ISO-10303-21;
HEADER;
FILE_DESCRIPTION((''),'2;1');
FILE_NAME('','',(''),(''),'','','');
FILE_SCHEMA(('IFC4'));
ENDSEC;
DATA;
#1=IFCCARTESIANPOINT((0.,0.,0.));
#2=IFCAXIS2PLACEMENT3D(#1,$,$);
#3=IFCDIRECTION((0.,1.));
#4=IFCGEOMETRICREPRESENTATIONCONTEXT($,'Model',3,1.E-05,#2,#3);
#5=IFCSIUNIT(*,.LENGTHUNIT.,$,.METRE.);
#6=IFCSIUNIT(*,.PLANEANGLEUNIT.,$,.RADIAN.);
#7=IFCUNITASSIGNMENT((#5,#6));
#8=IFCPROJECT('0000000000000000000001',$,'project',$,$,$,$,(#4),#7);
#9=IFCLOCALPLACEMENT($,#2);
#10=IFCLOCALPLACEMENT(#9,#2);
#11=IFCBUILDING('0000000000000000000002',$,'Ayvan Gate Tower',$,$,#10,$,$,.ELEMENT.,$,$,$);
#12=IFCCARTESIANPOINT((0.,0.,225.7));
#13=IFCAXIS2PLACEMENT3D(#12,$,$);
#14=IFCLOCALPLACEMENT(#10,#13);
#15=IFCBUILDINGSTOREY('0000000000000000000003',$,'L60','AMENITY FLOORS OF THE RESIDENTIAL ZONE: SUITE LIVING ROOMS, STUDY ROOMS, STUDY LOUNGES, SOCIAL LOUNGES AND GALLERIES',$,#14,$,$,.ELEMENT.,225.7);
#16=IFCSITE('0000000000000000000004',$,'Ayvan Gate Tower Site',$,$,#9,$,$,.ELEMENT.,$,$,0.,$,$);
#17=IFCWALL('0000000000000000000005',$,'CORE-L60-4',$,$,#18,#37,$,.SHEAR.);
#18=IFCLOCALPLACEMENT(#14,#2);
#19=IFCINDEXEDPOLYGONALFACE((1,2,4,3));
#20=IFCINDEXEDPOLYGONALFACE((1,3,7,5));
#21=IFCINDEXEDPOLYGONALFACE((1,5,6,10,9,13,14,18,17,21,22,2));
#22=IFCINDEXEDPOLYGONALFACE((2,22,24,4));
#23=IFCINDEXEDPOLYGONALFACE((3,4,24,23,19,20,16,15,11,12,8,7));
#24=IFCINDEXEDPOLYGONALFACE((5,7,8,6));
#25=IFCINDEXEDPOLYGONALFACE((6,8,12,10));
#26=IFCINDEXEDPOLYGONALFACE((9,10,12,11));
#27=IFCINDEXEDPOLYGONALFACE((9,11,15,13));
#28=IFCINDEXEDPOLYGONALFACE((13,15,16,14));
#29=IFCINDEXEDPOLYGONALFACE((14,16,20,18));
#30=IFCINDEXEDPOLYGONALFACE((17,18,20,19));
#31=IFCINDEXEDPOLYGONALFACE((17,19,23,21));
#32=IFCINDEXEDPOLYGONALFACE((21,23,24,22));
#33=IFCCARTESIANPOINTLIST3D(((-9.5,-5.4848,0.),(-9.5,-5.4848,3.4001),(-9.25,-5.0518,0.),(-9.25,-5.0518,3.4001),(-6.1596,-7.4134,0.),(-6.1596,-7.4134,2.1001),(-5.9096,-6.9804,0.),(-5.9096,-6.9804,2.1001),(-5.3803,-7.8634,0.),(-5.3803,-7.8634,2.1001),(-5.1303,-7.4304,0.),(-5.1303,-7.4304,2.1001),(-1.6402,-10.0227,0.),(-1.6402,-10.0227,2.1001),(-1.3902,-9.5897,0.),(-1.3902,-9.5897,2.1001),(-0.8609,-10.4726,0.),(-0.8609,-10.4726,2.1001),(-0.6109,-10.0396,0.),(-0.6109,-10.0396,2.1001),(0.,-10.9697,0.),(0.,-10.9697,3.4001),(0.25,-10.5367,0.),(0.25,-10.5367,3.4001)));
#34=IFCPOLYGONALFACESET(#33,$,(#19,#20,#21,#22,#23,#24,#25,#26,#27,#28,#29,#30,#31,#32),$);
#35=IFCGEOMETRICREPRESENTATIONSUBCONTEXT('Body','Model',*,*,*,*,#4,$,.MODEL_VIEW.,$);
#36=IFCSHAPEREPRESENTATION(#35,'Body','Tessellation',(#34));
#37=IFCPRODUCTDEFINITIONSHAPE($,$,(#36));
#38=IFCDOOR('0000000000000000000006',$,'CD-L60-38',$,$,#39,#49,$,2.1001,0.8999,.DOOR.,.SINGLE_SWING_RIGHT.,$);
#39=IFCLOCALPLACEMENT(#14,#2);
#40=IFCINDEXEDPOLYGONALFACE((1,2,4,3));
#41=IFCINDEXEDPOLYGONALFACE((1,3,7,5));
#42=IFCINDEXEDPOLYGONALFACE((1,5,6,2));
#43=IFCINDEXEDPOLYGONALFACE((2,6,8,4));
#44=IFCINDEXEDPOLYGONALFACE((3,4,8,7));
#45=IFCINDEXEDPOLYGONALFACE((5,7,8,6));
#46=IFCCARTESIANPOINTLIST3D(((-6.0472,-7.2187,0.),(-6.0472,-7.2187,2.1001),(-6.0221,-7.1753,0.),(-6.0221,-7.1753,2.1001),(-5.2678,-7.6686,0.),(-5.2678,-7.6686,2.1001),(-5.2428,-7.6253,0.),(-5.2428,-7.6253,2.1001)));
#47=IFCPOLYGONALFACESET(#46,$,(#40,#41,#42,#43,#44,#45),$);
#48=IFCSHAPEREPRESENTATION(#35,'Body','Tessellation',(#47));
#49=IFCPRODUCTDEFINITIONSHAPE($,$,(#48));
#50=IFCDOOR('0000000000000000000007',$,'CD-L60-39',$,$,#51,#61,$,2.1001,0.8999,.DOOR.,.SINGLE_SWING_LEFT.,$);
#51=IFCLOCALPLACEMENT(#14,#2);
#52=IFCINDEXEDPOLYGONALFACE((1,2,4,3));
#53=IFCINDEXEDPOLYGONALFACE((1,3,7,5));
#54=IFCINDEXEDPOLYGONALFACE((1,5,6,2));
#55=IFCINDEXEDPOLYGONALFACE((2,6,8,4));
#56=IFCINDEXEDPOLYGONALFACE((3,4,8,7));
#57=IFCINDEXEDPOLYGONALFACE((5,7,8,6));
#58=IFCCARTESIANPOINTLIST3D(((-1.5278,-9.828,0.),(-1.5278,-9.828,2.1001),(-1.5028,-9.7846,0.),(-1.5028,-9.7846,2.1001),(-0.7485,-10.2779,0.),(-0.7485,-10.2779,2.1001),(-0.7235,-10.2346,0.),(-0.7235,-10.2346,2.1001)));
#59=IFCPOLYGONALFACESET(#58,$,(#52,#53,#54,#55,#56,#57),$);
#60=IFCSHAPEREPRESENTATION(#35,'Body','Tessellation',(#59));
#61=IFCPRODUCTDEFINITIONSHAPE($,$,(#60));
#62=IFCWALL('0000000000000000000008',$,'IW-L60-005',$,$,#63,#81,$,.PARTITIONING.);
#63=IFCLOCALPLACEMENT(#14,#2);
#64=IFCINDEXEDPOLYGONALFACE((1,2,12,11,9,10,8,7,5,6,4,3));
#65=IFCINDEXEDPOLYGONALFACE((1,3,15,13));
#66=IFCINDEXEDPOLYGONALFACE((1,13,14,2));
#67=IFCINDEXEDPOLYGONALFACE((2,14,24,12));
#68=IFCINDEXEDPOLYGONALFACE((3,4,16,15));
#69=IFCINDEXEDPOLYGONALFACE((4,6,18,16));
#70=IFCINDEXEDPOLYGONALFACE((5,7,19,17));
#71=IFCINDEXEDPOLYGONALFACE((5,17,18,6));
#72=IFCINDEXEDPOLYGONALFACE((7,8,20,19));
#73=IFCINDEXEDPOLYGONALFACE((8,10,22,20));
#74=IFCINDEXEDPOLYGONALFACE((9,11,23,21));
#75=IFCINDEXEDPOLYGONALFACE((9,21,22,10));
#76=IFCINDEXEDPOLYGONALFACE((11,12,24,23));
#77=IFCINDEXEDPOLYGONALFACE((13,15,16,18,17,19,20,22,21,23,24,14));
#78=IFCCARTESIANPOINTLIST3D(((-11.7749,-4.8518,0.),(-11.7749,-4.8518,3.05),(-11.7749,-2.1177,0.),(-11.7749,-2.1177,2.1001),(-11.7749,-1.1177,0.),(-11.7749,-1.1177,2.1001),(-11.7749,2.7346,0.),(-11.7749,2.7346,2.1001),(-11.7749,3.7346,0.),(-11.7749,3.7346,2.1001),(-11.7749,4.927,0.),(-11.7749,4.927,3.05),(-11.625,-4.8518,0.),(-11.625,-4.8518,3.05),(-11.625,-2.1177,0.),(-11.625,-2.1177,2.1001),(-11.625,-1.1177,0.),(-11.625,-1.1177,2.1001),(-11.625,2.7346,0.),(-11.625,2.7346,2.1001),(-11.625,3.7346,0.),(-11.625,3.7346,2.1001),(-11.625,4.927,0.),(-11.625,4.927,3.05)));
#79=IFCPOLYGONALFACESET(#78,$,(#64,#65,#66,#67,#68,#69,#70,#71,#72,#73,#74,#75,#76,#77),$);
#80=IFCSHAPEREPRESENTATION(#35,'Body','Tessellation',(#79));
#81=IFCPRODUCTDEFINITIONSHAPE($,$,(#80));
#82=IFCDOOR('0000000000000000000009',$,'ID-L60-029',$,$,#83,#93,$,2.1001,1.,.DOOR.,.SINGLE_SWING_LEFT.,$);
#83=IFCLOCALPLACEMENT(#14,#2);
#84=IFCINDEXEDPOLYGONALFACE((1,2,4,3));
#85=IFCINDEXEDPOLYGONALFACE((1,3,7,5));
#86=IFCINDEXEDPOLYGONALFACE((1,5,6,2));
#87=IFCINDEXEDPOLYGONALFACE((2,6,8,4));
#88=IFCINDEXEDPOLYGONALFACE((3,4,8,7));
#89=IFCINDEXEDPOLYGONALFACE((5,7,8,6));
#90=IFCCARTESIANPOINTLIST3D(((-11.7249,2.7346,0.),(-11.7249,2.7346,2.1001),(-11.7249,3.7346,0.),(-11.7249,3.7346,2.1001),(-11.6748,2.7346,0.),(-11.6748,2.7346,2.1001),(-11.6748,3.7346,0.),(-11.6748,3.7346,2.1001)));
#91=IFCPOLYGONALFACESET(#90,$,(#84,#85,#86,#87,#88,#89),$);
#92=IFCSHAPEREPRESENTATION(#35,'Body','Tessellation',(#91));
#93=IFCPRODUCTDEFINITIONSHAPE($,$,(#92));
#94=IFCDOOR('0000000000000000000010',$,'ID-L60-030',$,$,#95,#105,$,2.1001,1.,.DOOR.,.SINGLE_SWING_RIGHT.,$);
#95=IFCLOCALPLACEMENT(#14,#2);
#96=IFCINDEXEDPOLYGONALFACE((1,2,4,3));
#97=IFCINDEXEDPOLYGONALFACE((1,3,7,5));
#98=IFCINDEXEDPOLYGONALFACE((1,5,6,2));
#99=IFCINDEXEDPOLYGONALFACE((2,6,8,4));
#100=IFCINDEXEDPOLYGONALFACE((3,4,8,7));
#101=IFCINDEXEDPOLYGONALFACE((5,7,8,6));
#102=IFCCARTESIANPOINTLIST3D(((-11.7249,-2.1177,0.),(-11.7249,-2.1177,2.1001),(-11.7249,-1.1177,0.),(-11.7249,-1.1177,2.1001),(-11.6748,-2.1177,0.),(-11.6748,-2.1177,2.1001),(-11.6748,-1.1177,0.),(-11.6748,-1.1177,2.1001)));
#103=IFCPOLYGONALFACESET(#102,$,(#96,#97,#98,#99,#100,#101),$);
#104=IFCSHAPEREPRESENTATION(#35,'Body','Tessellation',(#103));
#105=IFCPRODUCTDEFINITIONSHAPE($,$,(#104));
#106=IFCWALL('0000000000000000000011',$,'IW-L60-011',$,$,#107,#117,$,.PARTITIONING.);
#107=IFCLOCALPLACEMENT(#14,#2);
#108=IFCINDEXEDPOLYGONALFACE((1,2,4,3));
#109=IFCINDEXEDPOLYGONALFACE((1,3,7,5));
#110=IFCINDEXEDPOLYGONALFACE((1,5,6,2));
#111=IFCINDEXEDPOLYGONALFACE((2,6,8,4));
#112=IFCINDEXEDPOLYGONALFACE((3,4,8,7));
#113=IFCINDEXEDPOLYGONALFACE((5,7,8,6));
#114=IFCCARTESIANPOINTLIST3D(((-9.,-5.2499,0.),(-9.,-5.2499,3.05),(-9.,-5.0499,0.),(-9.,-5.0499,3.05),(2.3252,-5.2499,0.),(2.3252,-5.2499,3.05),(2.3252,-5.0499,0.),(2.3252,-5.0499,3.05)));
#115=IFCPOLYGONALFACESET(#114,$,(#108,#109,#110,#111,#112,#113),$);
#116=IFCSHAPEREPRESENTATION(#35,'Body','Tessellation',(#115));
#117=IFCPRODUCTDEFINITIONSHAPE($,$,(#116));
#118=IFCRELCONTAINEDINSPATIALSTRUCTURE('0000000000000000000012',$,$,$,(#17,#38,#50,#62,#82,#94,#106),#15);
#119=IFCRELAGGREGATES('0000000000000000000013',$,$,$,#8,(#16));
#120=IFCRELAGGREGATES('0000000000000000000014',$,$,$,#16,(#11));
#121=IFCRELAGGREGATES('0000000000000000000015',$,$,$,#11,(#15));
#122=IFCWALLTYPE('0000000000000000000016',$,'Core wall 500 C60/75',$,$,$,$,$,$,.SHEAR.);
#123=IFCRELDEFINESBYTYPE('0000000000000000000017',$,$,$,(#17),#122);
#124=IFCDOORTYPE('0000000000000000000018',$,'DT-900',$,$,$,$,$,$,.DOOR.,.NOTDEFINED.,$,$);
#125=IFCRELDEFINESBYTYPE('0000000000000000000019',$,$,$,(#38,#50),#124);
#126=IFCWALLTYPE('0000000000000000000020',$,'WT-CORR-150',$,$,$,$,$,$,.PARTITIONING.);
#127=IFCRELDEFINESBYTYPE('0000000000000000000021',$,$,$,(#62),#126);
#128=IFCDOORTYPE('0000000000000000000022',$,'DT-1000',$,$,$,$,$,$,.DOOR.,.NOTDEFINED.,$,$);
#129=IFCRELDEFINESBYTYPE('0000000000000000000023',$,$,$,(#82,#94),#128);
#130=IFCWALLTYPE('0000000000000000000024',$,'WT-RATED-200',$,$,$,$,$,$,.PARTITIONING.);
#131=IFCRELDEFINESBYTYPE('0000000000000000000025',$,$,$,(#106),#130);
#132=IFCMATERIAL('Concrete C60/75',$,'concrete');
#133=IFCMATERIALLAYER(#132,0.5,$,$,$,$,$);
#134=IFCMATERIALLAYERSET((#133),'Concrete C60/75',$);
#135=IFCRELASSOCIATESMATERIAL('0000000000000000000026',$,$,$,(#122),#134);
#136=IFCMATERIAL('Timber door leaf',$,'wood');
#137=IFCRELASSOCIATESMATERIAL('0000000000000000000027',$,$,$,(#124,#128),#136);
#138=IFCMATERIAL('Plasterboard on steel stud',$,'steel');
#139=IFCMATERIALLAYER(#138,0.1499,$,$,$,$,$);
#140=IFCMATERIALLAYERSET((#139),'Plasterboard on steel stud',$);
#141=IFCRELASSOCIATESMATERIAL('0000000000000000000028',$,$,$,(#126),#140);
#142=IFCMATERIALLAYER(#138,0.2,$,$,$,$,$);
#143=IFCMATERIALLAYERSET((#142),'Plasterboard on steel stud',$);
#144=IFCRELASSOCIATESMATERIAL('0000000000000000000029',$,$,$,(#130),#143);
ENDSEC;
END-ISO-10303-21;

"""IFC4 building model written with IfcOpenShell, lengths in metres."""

from ifc_helpers import new_model, si_unit, direction, frame, frame_2d, origin, place, context, subcontext, project, spatial, rectangle, extrude, material, layer, layer_set, type_object, element, fill, save


model = new_model("IFC4")

# Units and contexts
model_context = context("Model", 3, precision=1e-05, world=origin(), true_north=direction((0.0, 1.0)))
body_context = subcontext(model_context, "Body", "Model", "MODEL_VIEW")
ifc_project = project(units=[si_unit("LENGTHUNIT", "METRE"), si_unit("PLANEANGLEUNIT", "RADIAN")], contexts=[model_context])

# Site, building, storey
site_placement = place(None, origin())
site = spatial("IfcSite", under=ifc_project, at=site_placement, Name="Ayvan Gate Tower Site", CompositionType="ELEMENT", RefElevation=0.0)
building_placement = place(site_placement, origin())
building = spatial("IfcBuilding", under=site, at=building_placement, Name="Ayvan Gate Tower", CompositionType="ELEMENT")
storey_placement = place(building_placement, frame((0.0, 0.0, 225.7)))
storey = spatial("IfcBuildingStorey", under=building, at=storey_placement, Name="L60", Description="AMENITY FLOORS OF THE RESIDENTIAL ZONE: SUITE LIVING ROOMS, STUDY ROOMS, STUDY LOUNGES, SOCIAL LOUNGES AND GALLERIES", CompositionType="ELEMENT", Elevation=225.7)

# Walls, openings, doors
ifc_material_1 = material(Name="Concrete C60/75", Category="concrete")
ifc_layer_1 = layer(ifc_material_1, 0.5)
ifc_layer_set_1 = layer_set([ifc_layer_1], Name="Concrete C60/75")
wall_type_1 = type_object("IfcWallType", Name="Core wall 500 C60/75", PredefinedType="SHEAR", material=ifc_layer_set_1)
wall_1_placement = place(storey_placement, frame((-9.375, -5.2683, 0.0), z_axis=(0.0, 0.0, 1.0), x_axis=(0.866024, -0.500002, 0.0)))
wall_1 = element("IfcWall", 1, at=wall_1_placement, inside=storey, type_object=wall_type_1, Name="CORE-L60-4", PredefinedType="SHEAR", context=body_context, shape_type="SweptSolid", body=[
    extrude(rectangle(XDim=10.9697, YDim=0.5, at=frame_2d((5.4849, 0.0))), origin(), (0.0, 0.0, 1.0), 3.4001),
])
opening_1_placement = place(wall_1_placement, frame((3.8572, 0.0, 0.0)))
opening_1 = element("IfcOpeningElement", 2, at=opening_1_placement, cuts=wall_1, PredefinedType="OPENING", context=body_context, shape_type="SweptSolid", body=[
    extrude(rectangle(XDim=0.8999, YDim=2.1001, at=frame_2d((0.45, 1.05))), frame((0.0, 0.26, 0.0), z_axis=(0.0, -1.0, 0.0), x_axis=(1.0, 0.0, 0.0)), (0.0, 0.0, 1.0), 0.52),
])
opening_2_placement = place(wall_1_placement, frame((9.0757, 0.0, 0.0)))
opening_2 = element("IfcOpeningElement", 3, at=opening_2_placement, cuts=wall_1, PredefinedType="OPENING", context=body_context, shape_type="SweptSolid", body=[
    extrude(rectangle(XDim=0.8999, YDim=2.1001, at=frame_2d((0.45, 1.05))), frame((0.0, 0.26, 0.0), z_axis=(0.0, -1.0, 0.0), x_axis=(1.0, 0.0, 0.0)), (0.0, 0.0, 1.0), 0.52),
])
ifc_material_2 = material(Name="Timber door leaf", Category="wood")
door_type_1 = type_object("IfcDoorType", Name="DT-900", OperationType="NOTDEFINED", PredefinedType="DOOR", material=ifc_material_2)
door_1_placement = place(opening_1_placement, origin())
door_1 = element("IfcDoor", 4, at=door_1_placement, inside=storey, type_object=door_type_1, Name="CD-L60-38", OperationType="SINGLE_SWING_RIGHT", OverallHeight=2.1001, OverallWidth=0.8999, PredefinedType="DOOR", context=body_context, shape_type="SweptSolid", body=[
    extrude(rectangle(XDim=0.8999, YDim=2.1001, at=frame_2d((0.45, 1.05))), frame((0.0, 0.0249, 0.0), z_axis=(0.0, -1.0, 0.0), x_axis=(1.0, 0.0, 0.0)), (0.0, 0.0, 1.0), 0.05),
])
fill(opening_1, door_1)
door_2_placement = place(opening_2_placement, origin())
door_2 = element("IfcDoor", 5, at=door_2_placement, inside=storey, type_object=door_type_1, Name="CD-L60-39", OperationType="SINGLE_SWING_LEFT", OverallHeight=2.1001, OverallWidth=0.8999, PredefinedType="DOOR", context=body_context, shape_type="SweptSolid", body=[
    extrude(rectangle(XDim=0.8999, YDim=2.1001, at=frame_2d((0.45, 1.05))), frame((0.0, 0.0249, 0.0), z_axis=(0.0, -1.0, 0.0), x_axis=(1.0, 0.0, 0.0)), (0.0, 0.0, 1.0), 0.05),
])
fill(opening_2, door_2)
ifc_material_3 = material(Name="Plasterboard on steel stud", Category="steel")
ifc_layer_2 = layer(ifc_material_3, 0.1499)
ifc_layer_set_2 = layer_set([ifc_layer_2], Name="Plasterboard on steel stud")
wall_type_2 = type_object("IfcWallType", Name="WT-CORR-150", PredefinedType="PARTITIONING", material=ifc_layer_set_2)
wall_2_placement = place(storey_placement, frame((-11.7, -4.8518, 0.0), z_axis=(0.0, 0.0, 1.0), x_axis=(0.0, 1.0, 0.0)))
wall_2 = element("IfcWall", 6, at=wall_2_placement, inside=storey, type_object=wall_type_2, Name="IW-L60-005", PredefinedType="PARTITIONING", context=body_context, shape_type="SweptSolid", body=[
    extrude(rectangle(XDim=9.7788, YDim=0.1499, at=frame_2d((4.8894, 0.0))), origin(), (0.0, 0.0, 1.0), 3.05),
])
opening_3_placement = place(wall_2_placement, frame((7.5864, 0.0, 0.0)))
opening_3 = element("IfcOpeningElement", 7, at=opening_3_placement, cuts=wall_2, PredefinedType="OPENING", context=body_context, shape_type="SweptSolid", body=[
    extrude(rectangle(XDim=1.0, YDim=2.1001, at=frame_2d((0.5, 1.05))), frame((0.0, 0.085, 0.0), z_axis=(0.0, -1.0, 0.0), x_axis=(1.0, 0.0, 0.0)), (0.0, 0.0, 1.0), 0.1699),
])
opening_4_placement = place(wall_2_placement, frame((2.7341, 0.0, 0.0)))
opening_4 = element("IfcOpeningElement", 8, at=opening_4_placement, cuts=wall_2, PredefinedType="OPENING", context=body_context, shape_type="SweptSolid", body=[
    extrude(rectangle(XDim=1.0, YDim=2.1001, at=frame_2d((0.5, 1.05))), frame((0.0, 0.085, 0.0), z_axis=(0.0, -1.0, 0.0), x_axis=(1.0, 0.0, 0.0)), (0.0, 0.0, 1.0), 0.1699),
])
door_type_2 = type_object("IfcDoorType", Name="DT-1000", OperationType="NOTDEFINED", PredefinedType="DOOR", material=ifc_material_2)
door_3_placement = place(opening_3_placement, origin())
door_3 = element("IfcDoor", 9, at=door_3_placement, inside=storey, type_object=door_type_2, Name="ID-L60-029", OperationType="SINGLE_SWING_LEFT", OverallHeight=2.1001, OverallWidth=1.0, PredefinedType="DOOR", context=body_context, shape_type="SweptSolid", body=[
    extrude(rectangle(XDim=1.0, YDim=2.1001, at=frame_2d((0.5, 1.05))), frame((0.0, 0.0249, 0.0), z_axis=(0.0, -1.0, 0.0), x_axis=(1.0, 0.0, 0.0)), (0.0, 0.0, 1.0), 0.05),
])
fill(opening_3, door_3)
door_4_placement = place(opening_4_placement, origin())
door_4 = element("IfcDoor", 10, at=door_4_placement, inside=storey, type_object=door_type_2, Name="ID-L60-030", OperationType="SINGLE_SWING_RIGHT", OverallHeight=2.1001, OverallWidth=1.0, PredefinedType="DOOR", context=body_context, shape_type="SweptSolid", body=[
    extrude(rectangle(XDim=1.0, YDim=2.1001, at=frame_2d((0.5, 1.05))), frame((0.0, 0.0249, 0.0), z_axis=(0.0, -1.0, 0.0), x_axis=(1.0, 0.0, 0.0)), (0.0, 0.0, 1.0), 0.05),
])
fill(opening_4, door_4)

# Wall
ifc_layer_3 = layer(ifc_material_3, 0.2)
ifc_layer_set_3 = layer_set([ifc_layer_3], Name="Plasterboard on steel stud")
wall_type_3 = type_object("IfcWallType", Name="WT-RATED-200", PredefinedType="PARTITIONING", material=ifc_layer_set_3)
wall_3_placement = place(storey_placement, frame((-9.0, -5.1499, 0.0), z_axis=(0.0, 0.0, 1.0), x_axis=(1.0, 0.0, 0.0)))
element("IfcWall", 11, at=wall_3_placement, inside=storey, type_object=wall_type_3, Name="IW-L60-011", PredefinedType="PARTITIONING", context=body_context, shape_type="SweptSolid", body=[
    extrude(rectangle(XDim=11.3252, YDim=0.2, at=frame_2d((5.6626, 0.0))), origin(), (0.0, 0.0, 1.0), 3.05),
])

save(model, "model.ifc")
